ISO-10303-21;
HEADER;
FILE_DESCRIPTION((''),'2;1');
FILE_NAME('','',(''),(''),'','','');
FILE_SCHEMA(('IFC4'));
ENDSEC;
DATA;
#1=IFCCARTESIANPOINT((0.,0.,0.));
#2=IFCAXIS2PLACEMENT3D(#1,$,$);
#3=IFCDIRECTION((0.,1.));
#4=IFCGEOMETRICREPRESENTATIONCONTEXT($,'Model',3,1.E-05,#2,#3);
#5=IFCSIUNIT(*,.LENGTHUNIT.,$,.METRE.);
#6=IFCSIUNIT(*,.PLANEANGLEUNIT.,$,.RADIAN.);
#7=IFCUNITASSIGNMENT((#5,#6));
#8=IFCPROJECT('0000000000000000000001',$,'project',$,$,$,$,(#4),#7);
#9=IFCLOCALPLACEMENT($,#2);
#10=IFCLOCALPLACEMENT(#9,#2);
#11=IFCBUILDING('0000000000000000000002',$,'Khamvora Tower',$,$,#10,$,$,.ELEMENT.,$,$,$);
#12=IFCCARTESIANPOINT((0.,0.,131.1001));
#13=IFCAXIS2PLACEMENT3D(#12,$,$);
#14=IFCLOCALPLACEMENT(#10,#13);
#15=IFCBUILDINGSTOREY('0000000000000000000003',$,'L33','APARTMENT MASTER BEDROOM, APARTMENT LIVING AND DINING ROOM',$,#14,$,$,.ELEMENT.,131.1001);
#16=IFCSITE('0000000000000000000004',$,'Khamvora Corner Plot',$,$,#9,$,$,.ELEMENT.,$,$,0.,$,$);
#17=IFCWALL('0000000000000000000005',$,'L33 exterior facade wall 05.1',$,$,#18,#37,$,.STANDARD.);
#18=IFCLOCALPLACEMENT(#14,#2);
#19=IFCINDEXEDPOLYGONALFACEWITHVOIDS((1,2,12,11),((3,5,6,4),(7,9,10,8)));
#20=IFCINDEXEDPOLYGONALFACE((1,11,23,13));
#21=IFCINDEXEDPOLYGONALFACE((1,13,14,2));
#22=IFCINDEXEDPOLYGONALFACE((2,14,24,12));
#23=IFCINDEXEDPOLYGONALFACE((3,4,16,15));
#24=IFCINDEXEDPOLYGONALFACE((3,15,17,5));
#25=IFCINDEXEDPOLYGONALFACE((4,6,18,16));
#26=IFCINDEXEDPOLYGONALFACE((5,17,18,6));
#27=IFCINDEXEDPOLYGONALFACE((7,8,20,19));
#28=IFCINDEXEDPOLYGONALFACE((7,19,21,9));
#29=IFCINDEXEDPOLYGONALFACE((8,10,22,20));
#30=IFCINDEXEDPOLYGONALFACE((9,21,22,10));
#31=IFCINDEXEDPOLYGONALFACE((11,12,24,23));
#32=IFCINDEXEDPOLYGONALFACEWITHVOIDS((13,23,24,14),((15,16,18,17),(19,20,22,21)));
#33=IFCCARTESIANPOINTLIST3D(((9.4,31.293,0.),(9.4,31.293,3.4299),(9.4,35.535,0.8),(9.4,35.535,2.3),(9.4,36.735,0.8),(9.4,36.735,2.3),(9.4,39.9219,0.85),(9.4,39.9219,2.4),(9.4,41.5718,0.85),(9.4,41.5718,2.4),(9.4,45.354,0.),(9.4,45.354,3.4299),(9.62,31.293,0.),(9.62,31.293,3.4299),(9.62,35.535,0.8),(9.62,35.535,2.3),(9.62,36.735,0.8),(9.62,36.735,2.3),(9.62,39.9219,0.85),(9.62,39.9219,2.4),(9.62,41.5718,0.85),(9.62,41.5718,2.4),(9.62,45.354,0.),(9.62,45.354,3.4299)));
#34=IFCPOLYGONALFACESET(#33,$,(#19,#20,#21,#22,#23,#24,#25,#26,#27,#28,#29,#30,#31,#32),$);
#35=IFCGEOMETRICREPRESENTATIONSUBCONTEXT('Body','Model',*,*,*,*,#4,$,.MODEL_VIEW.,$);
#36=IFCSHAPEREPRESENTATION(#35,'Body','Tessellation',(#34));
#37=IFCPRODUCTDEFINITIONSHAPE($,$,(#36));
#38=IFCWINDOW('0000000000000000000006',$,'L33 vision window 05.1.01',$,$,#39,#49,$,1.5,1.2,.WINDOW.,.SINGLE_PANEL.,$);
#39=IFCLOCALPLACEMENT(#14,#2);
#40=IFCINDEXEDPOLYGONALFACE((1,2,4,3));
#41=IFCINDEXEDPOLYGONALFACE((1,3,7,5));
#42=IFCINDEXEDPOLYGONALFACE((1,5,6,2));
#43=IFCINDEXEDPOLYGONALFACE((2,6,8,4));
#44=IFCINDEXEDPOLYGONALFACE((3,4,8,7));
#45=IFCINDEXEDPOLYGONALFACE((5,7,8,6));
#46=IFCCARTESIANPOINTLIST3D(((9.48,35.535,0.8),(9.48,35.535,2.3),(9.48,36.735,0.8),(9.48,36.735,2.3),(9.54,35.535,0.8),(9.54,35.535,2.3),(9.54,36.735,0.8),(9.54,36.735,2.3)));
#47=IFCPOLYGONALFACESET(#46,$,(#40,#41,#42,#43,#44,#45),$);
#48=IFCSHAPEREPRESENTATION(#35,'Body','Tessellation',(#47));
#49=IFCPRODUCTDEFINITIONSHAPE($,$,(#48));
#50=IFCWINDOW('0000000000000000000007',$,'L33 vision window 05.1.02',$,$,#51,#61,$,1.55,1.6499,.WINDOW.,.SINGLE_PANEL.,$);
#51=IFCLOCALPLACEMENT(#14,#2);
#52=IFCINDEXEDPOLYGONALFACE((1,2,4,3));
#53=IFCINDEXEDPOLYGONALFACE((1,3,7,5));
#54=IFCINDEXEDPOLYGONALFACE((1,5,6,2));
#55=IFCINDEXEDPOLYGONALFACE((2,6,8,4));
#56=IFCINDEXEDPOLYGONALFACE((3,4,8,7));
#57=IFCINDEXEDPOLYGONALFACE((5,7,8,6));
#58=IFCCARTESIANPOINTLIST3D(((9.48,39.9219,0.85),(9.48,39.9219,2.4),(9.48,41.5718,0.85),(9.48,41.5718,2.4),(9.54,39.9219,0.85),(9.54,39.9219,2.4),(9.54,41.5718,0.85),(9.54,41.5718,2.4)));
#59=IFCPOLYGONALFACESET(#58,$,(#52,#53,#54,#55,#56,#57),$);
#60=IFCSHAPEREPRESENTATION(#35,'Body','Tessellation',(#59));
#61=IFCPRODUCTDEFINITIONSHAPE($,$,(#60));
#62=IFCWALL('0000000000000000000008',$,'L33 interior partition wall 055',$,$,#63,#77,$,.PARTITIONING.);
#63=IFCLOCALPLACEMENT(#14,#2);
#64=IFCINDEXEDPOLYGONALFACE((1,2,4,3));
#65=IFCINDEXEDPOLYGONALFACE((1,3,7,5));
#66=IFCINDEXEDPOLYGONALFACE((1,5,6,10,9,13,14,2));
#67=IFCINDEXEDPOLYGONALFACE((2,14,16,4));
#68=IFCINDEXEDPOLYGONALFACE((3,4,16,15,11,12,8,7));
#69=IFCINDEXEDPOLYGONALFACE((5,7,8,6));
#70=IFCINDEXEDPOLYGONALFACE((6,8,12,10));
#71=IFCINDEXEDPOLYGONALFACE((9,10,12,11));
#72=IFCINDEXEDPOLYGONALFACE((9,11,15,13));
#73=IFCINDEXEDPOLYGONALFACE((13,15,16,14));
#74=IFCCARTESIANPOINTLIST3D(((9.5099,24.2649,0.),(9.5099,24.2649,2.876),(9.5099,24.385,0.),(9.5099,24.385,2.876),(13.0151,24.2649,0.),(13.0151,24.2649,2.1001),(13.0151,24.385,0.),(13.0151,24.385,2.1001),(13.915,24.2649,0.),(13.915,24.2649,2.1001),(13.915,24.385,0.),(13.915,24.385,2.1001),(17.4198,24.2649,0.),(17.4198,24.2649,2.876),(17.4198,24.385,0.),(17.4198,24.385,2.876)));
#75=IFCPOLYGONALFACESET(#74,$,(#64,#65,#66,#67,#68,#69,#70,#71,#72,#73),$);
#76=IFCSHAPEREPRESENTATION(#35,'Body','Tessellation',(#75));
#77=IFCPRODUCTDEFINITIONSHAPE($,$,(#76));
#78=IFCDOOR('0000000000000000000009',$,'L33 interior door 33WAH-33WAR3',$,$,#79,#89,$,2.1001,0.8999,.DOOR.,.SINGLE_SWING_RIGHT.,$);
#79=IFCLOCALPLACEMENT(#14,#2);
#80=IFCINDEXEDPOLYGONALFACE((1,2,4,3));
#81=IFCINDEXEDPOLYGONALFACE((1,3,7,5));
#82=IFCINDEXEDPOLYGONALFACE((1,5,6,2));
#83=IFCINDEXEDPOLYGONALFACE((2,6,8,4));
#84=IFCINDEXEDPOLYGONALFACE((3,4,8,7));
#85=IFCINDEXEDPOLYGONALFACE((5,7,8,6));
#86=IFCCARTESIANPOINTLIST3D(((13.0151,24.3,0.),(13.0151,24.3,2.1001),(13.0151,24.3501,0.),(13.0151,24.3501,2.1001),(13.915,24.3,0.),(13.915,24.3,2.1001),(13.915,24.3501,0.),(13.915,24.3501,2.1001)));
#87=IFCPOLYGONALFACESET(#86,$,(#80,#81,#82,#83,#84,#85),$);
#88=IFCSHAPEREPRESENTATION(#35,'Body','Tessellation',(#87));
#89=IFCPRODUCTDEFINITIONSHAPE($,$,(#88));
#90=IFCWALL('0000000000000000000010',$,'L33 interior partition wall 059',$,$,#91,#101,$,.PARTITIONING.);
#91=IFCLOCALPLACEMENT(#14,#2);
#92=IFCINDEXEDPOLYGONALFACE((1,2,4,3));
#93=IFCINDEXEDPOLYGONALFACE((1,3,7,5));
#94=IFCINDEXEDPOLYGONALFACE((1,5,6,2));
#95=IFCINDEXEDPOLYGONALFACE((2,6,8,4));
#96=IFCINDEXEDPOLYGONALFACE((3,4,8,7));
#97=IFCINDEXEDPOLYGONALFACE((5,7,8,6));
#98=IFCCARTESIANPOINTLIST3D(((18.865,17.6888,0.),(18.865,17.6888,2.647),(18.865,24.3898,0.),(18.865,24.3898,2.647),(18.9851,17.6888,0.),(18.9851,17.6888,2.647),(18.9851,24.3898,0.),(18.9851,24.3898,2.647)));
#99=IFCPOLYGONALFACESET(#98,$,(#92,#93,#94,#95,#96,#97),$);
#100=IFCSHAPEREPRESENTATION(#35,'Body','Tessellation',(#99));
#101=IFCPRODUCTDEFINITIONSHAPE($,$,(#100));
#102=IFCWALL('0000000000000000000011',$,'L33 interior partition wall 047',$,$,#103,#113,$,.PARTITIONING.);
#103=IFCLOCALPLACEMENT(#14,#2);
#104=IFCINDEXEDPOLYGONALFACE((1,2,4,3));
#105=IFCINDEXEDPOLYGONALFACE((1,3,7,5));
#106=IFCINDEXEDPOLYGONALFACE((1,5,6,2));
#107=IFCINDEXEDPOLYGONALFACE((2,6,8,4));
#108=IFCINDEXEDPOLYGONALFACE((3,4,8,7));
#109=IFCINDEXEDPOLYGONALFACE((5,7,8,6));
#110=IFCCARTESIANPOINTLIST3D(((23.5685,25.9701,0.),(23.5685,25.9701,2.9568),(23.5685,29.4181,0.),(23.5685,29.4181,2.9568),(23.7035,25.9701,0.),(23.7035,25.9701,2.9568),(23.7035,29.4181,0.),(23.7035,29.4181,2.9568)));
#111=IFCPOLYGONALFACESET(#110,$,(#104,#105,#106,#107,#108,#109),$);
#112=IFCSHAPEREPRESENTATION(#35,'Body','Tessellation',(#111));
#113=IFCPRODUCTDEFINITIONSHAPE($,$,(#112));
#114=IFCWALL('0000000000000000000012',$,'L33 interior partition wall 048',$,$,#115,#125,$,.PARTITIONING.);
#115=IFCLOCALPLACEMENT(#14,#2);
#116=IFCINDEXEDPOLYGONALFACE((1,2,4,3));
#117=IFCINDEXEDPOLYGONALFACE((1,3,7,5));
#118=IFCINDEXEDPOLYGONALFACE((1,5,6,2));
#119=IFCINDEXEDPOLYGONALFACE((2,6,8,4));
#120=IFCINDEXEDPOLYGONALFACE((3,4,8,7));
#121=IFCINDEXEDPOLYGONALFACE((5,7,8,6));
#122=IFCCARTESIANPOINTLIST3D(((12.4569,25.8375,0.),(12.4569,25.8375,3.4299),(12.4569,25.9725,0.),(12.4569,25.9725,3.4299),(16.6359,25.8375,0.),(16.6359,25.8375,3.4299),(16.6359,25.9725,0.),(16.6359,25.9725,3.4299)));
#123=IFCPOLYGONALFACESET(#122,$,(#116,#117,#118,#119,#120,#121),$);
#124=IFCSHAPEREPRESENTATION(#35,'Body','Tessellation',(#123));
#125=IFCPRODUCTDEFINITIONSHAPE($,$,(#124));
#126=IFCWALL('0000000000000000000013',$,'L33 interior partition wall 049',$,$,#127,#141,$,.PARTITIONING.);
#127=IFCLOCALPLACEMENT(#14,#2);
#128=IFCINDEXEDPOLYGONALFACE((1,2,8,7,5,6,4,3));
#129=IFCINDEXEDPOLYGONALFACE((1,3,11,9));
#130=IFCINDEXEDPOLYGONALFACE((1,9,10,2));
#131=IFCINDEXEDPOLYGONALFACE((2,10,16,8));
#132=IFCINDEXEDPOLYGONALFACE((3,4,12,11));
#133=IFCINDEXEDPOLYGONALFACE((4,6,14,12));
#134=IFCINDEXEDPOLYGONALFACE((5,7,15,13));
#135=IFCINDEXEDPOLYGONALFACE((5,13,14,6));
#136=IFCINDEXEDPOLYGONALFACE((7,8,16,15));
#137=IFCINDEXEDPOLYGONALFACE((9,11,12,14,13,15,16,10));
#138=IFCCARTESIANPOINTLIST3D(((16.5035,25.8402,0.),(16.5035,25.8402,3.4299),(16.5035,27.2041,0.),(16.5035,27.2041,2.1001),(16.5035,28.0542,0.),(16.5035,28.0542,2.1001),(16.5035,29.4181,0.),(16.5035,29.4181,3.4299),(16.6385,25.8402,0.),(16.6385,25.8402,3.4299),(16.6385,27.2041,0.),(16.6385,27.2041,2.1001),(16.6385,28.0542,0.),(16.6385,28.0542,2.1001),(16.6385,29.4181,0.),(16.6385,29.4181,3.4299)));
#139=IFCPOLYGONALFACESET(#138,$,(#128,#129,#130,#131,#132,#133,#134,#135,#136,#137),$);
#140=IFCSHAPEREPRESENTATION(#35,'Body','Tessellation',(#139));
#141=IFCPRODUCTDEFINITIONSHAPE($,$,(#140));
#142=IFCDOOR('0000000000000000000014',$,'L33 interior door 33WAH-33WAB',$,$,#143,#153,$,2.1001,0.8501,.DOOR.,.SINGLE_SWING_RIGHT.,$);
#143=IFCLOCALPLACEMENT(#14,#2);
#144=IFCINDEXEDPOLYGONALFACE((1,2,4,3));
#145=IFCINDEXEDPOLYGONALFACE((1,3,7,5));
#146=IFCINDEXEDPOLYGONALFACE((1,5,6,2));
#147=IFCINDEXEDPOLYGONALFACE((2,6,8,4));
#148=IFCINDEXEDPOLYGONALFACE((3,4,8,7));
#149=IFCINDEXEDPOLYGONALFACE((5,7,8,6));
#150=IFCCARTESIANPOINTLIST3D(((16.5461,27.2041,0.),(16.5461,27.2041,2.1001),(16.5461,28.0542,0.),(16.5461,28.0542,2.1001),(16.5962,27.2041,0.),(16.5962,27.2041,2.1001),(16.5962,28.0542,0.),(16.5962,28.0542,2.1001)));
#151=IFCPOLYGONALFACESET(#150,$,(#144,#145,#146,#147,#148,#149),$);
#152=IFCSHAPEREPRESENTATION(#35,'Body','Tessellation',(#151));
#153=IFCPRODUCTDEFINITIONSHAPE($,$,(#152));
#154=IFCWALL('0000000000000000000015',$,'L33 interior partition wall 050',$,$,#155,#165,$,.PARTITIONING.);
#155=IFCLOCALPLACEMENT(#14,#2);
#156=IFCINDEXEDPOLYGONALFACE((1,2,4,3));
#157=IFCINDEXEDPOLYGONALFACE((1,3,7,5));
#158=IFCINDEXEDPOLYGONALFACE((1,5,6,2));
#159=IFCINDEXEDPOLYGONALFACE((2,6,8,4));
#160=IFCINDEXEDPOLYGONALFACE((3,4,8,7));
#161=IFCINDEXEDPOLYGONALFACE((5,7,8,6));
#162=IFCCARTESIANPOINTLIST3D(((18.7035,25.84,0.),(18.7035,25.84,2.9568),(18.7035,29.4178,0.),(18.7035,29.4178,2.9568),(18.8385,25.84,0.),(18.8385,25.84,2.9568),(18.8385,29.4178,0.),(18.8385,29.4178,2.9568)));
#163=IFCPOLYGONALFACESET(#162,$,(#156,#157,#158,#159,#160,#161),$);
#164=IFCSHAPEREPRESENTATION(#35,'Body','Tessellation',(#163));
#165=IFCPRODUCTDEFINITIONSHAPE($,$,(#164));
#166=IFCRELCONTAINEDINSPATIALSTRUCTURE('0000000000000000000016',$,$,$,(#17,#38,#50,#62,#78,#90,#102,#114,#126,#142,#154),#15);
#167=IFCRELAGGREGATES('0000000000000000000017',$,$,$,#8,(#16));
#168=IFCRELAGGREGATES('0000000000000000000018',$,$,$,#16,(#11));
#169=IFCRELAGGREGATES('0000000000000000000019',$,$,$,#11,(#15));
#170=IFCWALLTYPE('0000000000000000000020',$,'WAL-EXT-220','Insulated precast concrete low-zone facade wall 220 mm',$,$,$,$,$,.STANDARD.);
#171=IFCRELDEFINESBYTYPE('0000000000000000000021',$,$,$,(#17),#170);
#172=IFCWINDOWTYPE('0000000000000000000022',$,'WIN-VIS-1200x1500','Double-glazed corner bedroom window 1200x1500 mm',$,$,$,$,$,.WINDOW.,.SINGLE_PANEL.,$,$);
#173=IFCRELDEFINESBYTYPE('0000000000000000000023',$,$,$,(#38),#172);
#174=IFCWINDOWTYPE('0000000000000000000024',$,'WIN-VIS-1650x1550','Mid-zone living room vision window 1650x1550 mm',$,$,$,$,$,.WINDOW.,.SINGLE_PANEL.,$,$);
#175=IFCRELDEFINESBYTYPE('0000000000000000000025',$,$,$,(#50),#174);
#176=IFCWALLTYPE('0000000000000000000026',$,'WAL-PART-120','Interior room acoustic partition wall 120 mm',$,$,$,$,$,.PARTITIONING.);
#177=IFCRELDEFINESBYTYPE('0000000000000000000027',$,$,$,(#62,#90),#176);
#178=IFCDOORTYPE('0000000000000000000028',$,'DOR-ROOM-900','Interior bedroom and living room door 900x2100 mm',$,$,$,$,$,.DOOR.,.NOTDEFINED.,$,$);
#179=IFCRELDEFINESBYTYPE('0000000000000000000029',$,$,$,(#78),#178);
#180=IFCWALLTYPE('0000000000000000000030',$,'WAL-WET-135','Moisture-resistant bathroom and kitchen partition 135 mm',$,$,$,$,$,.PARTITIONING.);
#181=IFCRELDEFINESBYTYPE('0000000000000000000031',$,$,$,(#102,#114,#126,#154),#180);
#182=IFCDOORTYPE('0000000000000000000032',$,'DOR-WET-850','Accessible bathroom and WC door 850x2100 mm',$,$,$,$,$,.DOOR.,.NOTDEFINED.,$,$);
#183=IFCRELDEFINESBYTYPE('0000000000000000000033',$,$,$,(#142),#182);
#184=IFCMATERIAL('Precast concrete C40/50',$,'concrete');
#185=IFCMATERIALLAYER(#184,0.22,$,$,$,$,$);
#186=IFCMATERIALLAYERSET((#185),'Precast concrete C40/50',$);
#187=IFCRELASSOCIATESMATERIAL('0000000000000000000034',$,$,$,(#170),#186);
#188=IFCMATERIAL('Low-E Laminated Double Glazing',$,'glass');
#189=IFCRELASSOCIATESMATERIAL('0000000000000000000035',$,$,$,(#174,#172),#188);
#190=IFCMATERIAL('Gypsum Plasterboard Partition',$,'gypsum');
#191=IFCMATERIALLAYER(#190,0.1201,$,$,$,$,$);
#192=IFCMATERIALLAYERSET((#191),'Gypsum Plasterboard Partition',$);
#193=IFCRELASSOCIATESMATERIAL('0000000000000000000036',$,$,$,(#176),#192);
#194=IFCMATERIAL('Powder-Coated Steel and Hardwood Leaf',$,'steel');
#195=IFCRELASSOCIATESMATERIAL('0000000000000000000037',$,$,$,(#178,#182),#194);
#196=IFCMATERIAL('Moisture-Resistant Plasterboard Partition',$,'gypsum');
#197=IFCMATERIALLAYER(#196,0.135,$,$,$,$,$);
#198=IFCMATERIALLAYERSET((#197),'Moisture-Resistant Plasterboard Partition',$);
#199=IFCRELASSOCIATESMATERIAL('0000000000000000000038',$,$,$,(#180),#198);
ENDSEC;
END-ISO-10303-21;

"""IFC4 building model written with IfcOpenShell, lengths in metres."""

from ifc_helpers import new_model, si_unit, direction, frame, frame_2d, origin, place, context, subcontext, project, spatial, rectangle, extrude, material, layer, layer_set, type_object, element, fill, save


model = new_model("IFC4")

# Units and contexts
model_context = context("Model", 3, precision=1e-05, world=origin(), true_north=direction((0.0, 1.0)))
body_context = subcontext(model_context, "Body", "Model", "MODEL_VIEW")
ifc_project = project(units=[si_unit("LENGTHUNIT", "METRE"), si_unit("PLANEANGLEUNIT", "RADIAN")], contexts=[model_context])

# Site, building, storey
site_placement = place(None, origin())
site = spatial("IfcSite", under=ifc_project, at=site_placement, Name="Khamvora Corner Plot", CompositionType="ELEMENT", RefElevation=0.0)
building_placement = place(site_placement, origin())
building = spatial("IfcBuilding", under=site, at=building_placement, Name="Khamvora Tower", CompositionType="ELEMENT")
storey_placement = place(building_placement, frame((0.0, 0.0, 131.1001)))
storey = spatial("IfcBuildingStorey", under=building, at=storey_placement, Name="L33", Description="APARTMENT MASTER BEDROOM, APARTMENT LIVING AND DINING ROOM", CompositionType="ELEMENT", Elevation=131.1001)

# Shared definitions
ifc_material_1 = material(Name="Powder-Coated Steel and Hardwood Leaf", Category="steel")

# Shared definitions
ifc_material_2 = material(Name="Precast concrete C40/50", Category="concrete")
ifc_layer_1 = layer(ifc_material_2, 0.22)
ifc_layer_set_1 = layer_set([ifc_layer_1], Name="Precast concrete C40/50")
wall_type_1 = type_object("IfcWallType", Name="WAL-EXT-220", Description="Insulated precast concrete low-zone facade wall 220 mm", PredefinedType="STANDARD", material=ifc_layer_set_1)
ifc_material_3 = material(Name="Low-E Laminated Double Glazing", Category="glass")
window_type_1 = type_object("IfcWindowType", Name="WIN-VIS-1650x1550", Description="Mid-zone living room vision window 1650x1550 mm", PartitioningType="SINGLE_PANEL", PredefinedType="WINDOW", material=ifc_material_3)

# Wall, openings, windows
wall_1_placement = place(storey_placement, frame((9.51, 31.293, 0.0), z_axis=(0.0, 0.0, 1.0), x_axis=(0.0, 1.0, 0.0)))
wall_1 = element("IfcWall", 1, at=wall_1_placement, inside=storey, type_object=wall_type_1, Name="L33 exterior facade wall 05.1", PredefinedType="STANDARD", context=body_context, shape_type="SweptSolid", body=[
    extrude(rectangle(XDim=14.061, YDim=0.22, at=frame_2d((7.0305, 0.0))), origin(), (0.0, 0.0, 1.0), 3.4299),
])
opening_1_placement = place(wall_1_placement, frame((4.2419, 0.0, 0.8)))
opening_1 = element("IfcOpeningElement", 2, at=opening_1_placement, cuts=wall_1, PredefinedType="OPENING", context=body_context, shape_type="SweptSolid", body=[
    extrude(rectangle(XDim=1.2, YDim=1.5, at=frame_2d((0.6001, 0.75))), frame((0.0, 0.1199, 0.0), z_axis=(0.0, -1.0, 0.0), x_axis=(1.0, 0.0, 0.0)), (0.0, 0.0, 1.0), 0.24),
])
opening_2_placement = place(wall_1_placement, frame((8.6289, 0.0, 0.8501)))
opening_2 = element("IfcOpeningElement", 3, at=opening_2_placement, cuts=wall_1, PredefinedType="OPENING", context=body_context, shape_type="SweptSolid", body=[
    extrude(rectangle(XDim=1.6499, YDim=1.55, at=frame_2d((0.825, 0.7749))), frame((0.0, 0.1199, 0.0), z_axis=(0.0, -1.0, 0.0), x_axis=(1.0, 0.0, 0.0)), (0.0, 0.0, 1.0), 0.24),
])
window_type_2 = type_object("IfcWindowType", Name="WIN-VIS-1200x1500", Description="Double-glazed corner bedroom window 1200x1500 mm", PartitioningType="SINGLE_PANEL", PredefinedType="WINDOW", material=ifc_material_3)
window_1_placement = place(opening_1_placement, origin())
window_1 = element("IfcWindow", 4, at=window_1_placement, inside=storey, type_object=window_type_2, Name="L33 vision window 05.1.01", OverallHeight=1.5, OverallWidth=1.2, PartitioningType="SINGLE_PANEL", PredefinedType="WINDOW", context=body_context, shape_type="SweptSolid", body=[
    extrude(rectangle(XDim=1.2, YDim=1.5, at=frame_2d((0.6001, 0.75))), frame((0.0, 0.03, 0.0), z_axis=(0.0, -1.0, 0.0), x_axis=(1.0, 0.0, 0.0)), (0.0, 0.0, 1.0), 0.0601),
])
fill(opening_1, window_1)
window_2_placement = place(opening_2_placement, origin())
window_2 = element("IfcWindow", 5, at=window_2_placement, inside=storey, type_object=window_type_1, Name="L33 vision window 05.1.02", OverallHeight=1.55, OverallWidth=1.6499, PartitioningType="SINGLE_PANEL", PredefinedType="WINDOW", context=body_context, shape_type="SweptSolid", body=[
    extrude(rectangle(XDim=1.6499, YDim=1.55, at=frame_2d((0.825, 0.7749))), frame((0.0, 0.03, 0.0), z_axis=(0.0, -1.0, 0.0), x_axis=(1.0, 0.0, 0.0)), (0.0, 0.0, 1.0), 0.0601),
])
fill(opening_2, window_2)

# Wall, opening, door
ifc_material_4 = material(Name="Gypsum Plasterboard Partition", Category="gypsum")
ifc_layer_2 = layer(ifc_material_4, 0.1201)
ifc_layer_set_2 = layer_set([ifc_layer_2], Name="Gypsum Plasterboard Partition")
wall_type_2 = type_object("IfcWallType", Name="WAL-PART-120", Description="Interior room acoustic partition wall 120 mm", PredefinedType="PARTITIONING", material=ifc_layer_set_2)
wall_2_placement = place(storey_placement, frame((17.4199, 24.325, 0.0), z_axis=(0.0, 0.0, 1.0), x_axis=(-1.0, 0.0, 0.0)))
wall_2 = element("IfcWall", 6, at=wall_2_placement, inside=storey, type_object=wall_type_2, Name="L33 interior partition wall 055", PredefinedType="PARTITIONING", context=body_context, shape_type="SweptSolid", body=[
    extrude(rectangle(XDim=7.9099, YDim=0.1201, at=frame_2d((3.9551, 0.0))), origin(), (0.0, 0.0, 1.0), 2.876),
])
opening_3_placement = place(wall_2_placement, frame((3.5049, 0.0, 0.0)))
opening_3 = element("IfcOpeningElement", 7, at=opening_3_placement, cuts=wall_2, PredefinedType="OPENING", context=body_context, shape_type="SweptSolid", body=[
    extrude(rectangle(XDim=0.8999, YDim=2.1001, at=frame_2d((0.45, 1.05))), frame((0.0, 0.0701, 0.0), z_axis=(0.0, -1.0, 0.0), x_axis=(1.0, 0.0, 0.0)), (0.0, 0.0, 1.0), 0.1401),
])
door_type_1 = type_object("IfcDoorType", Name="DOR-ROOM-900", Description="Interior bedroom and living room door 900x2100 mm", OperationType="NOTDEFINED", PredefinedType="DOOR", material=ifc_material_1)
door_1_placement = place(opening_3_placement, origin())
door_1 = element("IfcDoor", 8, at=door_1_placement, inside=storey, type_object=door_type_1, Name="L33 interior door 33WAH-33WAR3", OperationType="SINGLE_SWING_RIGHT", OverallHeight=2.1001, OverallWidth=0.8999, PredefinedType="DOOR", context=body_context, shape_type="SweptSolid", body=[
    extrude(rectangle(XDim=0.8999, YDim=2.1001, at=frame_2d((0.45, 1.05))), frame((0.0, 0.0249, 0.0), z_axis=(0.0, -1.0, 0.0), x_axis=(1.0, 0.0, 0.0)), (0.0, 0.0, 1.0), 0.05),
])
fill(opening_3, door_1)

# Walls
wall_3_placement = place(storey_placement, frame((18.925, 24.3899, 0.0), z_axis=(0.0, 0.0, 1.0), x_axis=(0.0, -1.0, 0.0)))
element("IfcWall", 9, at=wall_3_placement, inside=storey, type_object=wall_type_2, Name="L33 interior partition wall 059", PredefinedType="PARTITIONING", context=body_context, shape_type="SweptSolid", body=[
    extrude(rectangle(XDim=6.7009, YDim=0.1201, at=frame_2d((3.3506, 0.0))), origin(), (0.0, 0.0, 1.0), 2.647),
])
ifc_material_5 = material(Name="Moisture-Resistant Plasterboard Partition", Category="gypsum")
ifc_layer_3 = layer(ifc_material_5, 0.135)
ifc_layer_set_3 = layer_set([ifc_layer_3], Name="Moisture-Resistant Plasterboard Partition")
wall_type_3 = type_object("IfcWallType", Name="WAL-WET-135", Description="Moisture-resistant bathroom and kitchen partition 135 mm", PredefinedType="PARTITIONING", material=ifc_layer_set_3)
wall_4_placement = place(storey_placement, frame((23.636, 25.97, 0.0), z_axis=(0.0, 0.0, 1.0), x_axis=(0.0, 1.0, 0.0)))
element("IfcWall", 10, at=wall_4_placement, inside=storey, type_object=wall_type_3, Name="L33 interior partition wall 047", PredefinedType="PARTITIONING", context=body_context, shape_type="SweptSolid", body=[
    extrude(rectangle(XDim=3.448, YDim=0.135, at=frame_2d((1.7241, 0.0))), origin(), (0.0, 0.0, 1.0), 2.9568),
])
wall_5_placement = place(storey_placement, frame((12.457, 25.905, 0.0), z_axis=(0.0, 0.0, 1.0), x_axis=(1.0, 0.0, 0.0)))
element("IfcWall", 11, at=wall_5_placement, inside=storey, type_object=wall_type_3, Name="L33 interior partition wall 048", PredefinedType="PARTITIONING", context=body_context, shape_type="SweptSolid", body=[
    extrude(rectangle(XDim=4.179, YDim=0.135, at=frame_2d((2.0894, 0.0))), origin(), (0.0, 0.0, 1.0), 3.4299),
])

# Wall, opening, door
wall_6_placement = place(storey_placement, frame((16.571, 25.8401, 0.0), z_axis=(0.0, 0.0, 1.0), x_axis=(0.0, 1.0, 0.0)))
wall_6 = element("IfcWall", 12, at=wall_6_placement, inside=storey, type_object=wall_type_3, Name="L33 interior partition wall 049", PredefinedType="PARTITIONING", context=body_context, shape_type="SweptSolid", body=[
    extrude(rectangle(XDim=3.5779, YDim=0.135, at=frame_2d((1.7891, 0.0))), origin(), (0.0, 0.0, 1.0), 3.4299),
])
opening_4_placement = place(wall_6_placement, frame((1.364, 0.0, 0.0)))
opening_4 = element("IfcOpeningElement", 13, at=opening_4_placement, cuts=wall_6, PredefinedType="OPENING", context=body_context, shape_type="SweptSolid", body=[
    extrude(rectangle(XDim=0.8501, YDim=2.1001, at=frame_2d((0.425, 1.05))), frame((0.0, 0.0774, 0.0), z_axis=(0.0, -1.0, 0.0), x_axis=(1.0, 0.0, 0.0)), (0.0, 0.0, 1.0), 0.155),
])
door_type_2 = type_object("IfcDoorType", Name="DOR-WET-850", Description="Accessible bathroom and WC door 850x2100 mm", OperationType="NOTDEFINED", PredefinedType="DOOR", material=ifc_material_1)
door_2_placement = place(opening_4_placement, origin())
door_2 = element("IfcDoor", 14, at=door_2_placement, inside=storey, type_object=door_type_2, Name="L33 interior door 33WAH-33WAB", OperationType="SINGLE_SWING_RIGHT", OverallHeight=2.1001, OverallWidth=0.8501, PredefinedType="DOOR", context=body_context, shape_type="SweptSolid", body=[
    extrude(rectangle(XDim=0.8501, YDim=2.1001, at=frame_2d((0.425, 1.05))), frame((0.0, 0.0249, 0.0), z_axis=(0.0, -1.0, 0.0), x_axis=(1.0, 0.0, 0.0)), (0.0, 0.0, 1.0), 0.05),
])
fill(opening_4, door_2)

# Wall
wall_7_placement = place(storey_placement, frame((18.771, 29.418, 0.0), z_axis=(0.0, 0.0, 1.0), x_axis=(0.0, -1.0, 0.0)))
element("IfcWall", 15, at=wall_7_placement, inside=storey, type_object=wall_type_3, Name="L33 interior partition wall 050", PredefinedType="PARTITIONING", context=body_context, shape_type="SweptSolid", body=[
    extrude(rectangle(XDim=3.5779, YDim=0.135, at=frame_2d((1.7891, 0.0))), origin(), (0.0, 0.0, 1.0), 2.9568),
])

save(model, "model.ifc")
